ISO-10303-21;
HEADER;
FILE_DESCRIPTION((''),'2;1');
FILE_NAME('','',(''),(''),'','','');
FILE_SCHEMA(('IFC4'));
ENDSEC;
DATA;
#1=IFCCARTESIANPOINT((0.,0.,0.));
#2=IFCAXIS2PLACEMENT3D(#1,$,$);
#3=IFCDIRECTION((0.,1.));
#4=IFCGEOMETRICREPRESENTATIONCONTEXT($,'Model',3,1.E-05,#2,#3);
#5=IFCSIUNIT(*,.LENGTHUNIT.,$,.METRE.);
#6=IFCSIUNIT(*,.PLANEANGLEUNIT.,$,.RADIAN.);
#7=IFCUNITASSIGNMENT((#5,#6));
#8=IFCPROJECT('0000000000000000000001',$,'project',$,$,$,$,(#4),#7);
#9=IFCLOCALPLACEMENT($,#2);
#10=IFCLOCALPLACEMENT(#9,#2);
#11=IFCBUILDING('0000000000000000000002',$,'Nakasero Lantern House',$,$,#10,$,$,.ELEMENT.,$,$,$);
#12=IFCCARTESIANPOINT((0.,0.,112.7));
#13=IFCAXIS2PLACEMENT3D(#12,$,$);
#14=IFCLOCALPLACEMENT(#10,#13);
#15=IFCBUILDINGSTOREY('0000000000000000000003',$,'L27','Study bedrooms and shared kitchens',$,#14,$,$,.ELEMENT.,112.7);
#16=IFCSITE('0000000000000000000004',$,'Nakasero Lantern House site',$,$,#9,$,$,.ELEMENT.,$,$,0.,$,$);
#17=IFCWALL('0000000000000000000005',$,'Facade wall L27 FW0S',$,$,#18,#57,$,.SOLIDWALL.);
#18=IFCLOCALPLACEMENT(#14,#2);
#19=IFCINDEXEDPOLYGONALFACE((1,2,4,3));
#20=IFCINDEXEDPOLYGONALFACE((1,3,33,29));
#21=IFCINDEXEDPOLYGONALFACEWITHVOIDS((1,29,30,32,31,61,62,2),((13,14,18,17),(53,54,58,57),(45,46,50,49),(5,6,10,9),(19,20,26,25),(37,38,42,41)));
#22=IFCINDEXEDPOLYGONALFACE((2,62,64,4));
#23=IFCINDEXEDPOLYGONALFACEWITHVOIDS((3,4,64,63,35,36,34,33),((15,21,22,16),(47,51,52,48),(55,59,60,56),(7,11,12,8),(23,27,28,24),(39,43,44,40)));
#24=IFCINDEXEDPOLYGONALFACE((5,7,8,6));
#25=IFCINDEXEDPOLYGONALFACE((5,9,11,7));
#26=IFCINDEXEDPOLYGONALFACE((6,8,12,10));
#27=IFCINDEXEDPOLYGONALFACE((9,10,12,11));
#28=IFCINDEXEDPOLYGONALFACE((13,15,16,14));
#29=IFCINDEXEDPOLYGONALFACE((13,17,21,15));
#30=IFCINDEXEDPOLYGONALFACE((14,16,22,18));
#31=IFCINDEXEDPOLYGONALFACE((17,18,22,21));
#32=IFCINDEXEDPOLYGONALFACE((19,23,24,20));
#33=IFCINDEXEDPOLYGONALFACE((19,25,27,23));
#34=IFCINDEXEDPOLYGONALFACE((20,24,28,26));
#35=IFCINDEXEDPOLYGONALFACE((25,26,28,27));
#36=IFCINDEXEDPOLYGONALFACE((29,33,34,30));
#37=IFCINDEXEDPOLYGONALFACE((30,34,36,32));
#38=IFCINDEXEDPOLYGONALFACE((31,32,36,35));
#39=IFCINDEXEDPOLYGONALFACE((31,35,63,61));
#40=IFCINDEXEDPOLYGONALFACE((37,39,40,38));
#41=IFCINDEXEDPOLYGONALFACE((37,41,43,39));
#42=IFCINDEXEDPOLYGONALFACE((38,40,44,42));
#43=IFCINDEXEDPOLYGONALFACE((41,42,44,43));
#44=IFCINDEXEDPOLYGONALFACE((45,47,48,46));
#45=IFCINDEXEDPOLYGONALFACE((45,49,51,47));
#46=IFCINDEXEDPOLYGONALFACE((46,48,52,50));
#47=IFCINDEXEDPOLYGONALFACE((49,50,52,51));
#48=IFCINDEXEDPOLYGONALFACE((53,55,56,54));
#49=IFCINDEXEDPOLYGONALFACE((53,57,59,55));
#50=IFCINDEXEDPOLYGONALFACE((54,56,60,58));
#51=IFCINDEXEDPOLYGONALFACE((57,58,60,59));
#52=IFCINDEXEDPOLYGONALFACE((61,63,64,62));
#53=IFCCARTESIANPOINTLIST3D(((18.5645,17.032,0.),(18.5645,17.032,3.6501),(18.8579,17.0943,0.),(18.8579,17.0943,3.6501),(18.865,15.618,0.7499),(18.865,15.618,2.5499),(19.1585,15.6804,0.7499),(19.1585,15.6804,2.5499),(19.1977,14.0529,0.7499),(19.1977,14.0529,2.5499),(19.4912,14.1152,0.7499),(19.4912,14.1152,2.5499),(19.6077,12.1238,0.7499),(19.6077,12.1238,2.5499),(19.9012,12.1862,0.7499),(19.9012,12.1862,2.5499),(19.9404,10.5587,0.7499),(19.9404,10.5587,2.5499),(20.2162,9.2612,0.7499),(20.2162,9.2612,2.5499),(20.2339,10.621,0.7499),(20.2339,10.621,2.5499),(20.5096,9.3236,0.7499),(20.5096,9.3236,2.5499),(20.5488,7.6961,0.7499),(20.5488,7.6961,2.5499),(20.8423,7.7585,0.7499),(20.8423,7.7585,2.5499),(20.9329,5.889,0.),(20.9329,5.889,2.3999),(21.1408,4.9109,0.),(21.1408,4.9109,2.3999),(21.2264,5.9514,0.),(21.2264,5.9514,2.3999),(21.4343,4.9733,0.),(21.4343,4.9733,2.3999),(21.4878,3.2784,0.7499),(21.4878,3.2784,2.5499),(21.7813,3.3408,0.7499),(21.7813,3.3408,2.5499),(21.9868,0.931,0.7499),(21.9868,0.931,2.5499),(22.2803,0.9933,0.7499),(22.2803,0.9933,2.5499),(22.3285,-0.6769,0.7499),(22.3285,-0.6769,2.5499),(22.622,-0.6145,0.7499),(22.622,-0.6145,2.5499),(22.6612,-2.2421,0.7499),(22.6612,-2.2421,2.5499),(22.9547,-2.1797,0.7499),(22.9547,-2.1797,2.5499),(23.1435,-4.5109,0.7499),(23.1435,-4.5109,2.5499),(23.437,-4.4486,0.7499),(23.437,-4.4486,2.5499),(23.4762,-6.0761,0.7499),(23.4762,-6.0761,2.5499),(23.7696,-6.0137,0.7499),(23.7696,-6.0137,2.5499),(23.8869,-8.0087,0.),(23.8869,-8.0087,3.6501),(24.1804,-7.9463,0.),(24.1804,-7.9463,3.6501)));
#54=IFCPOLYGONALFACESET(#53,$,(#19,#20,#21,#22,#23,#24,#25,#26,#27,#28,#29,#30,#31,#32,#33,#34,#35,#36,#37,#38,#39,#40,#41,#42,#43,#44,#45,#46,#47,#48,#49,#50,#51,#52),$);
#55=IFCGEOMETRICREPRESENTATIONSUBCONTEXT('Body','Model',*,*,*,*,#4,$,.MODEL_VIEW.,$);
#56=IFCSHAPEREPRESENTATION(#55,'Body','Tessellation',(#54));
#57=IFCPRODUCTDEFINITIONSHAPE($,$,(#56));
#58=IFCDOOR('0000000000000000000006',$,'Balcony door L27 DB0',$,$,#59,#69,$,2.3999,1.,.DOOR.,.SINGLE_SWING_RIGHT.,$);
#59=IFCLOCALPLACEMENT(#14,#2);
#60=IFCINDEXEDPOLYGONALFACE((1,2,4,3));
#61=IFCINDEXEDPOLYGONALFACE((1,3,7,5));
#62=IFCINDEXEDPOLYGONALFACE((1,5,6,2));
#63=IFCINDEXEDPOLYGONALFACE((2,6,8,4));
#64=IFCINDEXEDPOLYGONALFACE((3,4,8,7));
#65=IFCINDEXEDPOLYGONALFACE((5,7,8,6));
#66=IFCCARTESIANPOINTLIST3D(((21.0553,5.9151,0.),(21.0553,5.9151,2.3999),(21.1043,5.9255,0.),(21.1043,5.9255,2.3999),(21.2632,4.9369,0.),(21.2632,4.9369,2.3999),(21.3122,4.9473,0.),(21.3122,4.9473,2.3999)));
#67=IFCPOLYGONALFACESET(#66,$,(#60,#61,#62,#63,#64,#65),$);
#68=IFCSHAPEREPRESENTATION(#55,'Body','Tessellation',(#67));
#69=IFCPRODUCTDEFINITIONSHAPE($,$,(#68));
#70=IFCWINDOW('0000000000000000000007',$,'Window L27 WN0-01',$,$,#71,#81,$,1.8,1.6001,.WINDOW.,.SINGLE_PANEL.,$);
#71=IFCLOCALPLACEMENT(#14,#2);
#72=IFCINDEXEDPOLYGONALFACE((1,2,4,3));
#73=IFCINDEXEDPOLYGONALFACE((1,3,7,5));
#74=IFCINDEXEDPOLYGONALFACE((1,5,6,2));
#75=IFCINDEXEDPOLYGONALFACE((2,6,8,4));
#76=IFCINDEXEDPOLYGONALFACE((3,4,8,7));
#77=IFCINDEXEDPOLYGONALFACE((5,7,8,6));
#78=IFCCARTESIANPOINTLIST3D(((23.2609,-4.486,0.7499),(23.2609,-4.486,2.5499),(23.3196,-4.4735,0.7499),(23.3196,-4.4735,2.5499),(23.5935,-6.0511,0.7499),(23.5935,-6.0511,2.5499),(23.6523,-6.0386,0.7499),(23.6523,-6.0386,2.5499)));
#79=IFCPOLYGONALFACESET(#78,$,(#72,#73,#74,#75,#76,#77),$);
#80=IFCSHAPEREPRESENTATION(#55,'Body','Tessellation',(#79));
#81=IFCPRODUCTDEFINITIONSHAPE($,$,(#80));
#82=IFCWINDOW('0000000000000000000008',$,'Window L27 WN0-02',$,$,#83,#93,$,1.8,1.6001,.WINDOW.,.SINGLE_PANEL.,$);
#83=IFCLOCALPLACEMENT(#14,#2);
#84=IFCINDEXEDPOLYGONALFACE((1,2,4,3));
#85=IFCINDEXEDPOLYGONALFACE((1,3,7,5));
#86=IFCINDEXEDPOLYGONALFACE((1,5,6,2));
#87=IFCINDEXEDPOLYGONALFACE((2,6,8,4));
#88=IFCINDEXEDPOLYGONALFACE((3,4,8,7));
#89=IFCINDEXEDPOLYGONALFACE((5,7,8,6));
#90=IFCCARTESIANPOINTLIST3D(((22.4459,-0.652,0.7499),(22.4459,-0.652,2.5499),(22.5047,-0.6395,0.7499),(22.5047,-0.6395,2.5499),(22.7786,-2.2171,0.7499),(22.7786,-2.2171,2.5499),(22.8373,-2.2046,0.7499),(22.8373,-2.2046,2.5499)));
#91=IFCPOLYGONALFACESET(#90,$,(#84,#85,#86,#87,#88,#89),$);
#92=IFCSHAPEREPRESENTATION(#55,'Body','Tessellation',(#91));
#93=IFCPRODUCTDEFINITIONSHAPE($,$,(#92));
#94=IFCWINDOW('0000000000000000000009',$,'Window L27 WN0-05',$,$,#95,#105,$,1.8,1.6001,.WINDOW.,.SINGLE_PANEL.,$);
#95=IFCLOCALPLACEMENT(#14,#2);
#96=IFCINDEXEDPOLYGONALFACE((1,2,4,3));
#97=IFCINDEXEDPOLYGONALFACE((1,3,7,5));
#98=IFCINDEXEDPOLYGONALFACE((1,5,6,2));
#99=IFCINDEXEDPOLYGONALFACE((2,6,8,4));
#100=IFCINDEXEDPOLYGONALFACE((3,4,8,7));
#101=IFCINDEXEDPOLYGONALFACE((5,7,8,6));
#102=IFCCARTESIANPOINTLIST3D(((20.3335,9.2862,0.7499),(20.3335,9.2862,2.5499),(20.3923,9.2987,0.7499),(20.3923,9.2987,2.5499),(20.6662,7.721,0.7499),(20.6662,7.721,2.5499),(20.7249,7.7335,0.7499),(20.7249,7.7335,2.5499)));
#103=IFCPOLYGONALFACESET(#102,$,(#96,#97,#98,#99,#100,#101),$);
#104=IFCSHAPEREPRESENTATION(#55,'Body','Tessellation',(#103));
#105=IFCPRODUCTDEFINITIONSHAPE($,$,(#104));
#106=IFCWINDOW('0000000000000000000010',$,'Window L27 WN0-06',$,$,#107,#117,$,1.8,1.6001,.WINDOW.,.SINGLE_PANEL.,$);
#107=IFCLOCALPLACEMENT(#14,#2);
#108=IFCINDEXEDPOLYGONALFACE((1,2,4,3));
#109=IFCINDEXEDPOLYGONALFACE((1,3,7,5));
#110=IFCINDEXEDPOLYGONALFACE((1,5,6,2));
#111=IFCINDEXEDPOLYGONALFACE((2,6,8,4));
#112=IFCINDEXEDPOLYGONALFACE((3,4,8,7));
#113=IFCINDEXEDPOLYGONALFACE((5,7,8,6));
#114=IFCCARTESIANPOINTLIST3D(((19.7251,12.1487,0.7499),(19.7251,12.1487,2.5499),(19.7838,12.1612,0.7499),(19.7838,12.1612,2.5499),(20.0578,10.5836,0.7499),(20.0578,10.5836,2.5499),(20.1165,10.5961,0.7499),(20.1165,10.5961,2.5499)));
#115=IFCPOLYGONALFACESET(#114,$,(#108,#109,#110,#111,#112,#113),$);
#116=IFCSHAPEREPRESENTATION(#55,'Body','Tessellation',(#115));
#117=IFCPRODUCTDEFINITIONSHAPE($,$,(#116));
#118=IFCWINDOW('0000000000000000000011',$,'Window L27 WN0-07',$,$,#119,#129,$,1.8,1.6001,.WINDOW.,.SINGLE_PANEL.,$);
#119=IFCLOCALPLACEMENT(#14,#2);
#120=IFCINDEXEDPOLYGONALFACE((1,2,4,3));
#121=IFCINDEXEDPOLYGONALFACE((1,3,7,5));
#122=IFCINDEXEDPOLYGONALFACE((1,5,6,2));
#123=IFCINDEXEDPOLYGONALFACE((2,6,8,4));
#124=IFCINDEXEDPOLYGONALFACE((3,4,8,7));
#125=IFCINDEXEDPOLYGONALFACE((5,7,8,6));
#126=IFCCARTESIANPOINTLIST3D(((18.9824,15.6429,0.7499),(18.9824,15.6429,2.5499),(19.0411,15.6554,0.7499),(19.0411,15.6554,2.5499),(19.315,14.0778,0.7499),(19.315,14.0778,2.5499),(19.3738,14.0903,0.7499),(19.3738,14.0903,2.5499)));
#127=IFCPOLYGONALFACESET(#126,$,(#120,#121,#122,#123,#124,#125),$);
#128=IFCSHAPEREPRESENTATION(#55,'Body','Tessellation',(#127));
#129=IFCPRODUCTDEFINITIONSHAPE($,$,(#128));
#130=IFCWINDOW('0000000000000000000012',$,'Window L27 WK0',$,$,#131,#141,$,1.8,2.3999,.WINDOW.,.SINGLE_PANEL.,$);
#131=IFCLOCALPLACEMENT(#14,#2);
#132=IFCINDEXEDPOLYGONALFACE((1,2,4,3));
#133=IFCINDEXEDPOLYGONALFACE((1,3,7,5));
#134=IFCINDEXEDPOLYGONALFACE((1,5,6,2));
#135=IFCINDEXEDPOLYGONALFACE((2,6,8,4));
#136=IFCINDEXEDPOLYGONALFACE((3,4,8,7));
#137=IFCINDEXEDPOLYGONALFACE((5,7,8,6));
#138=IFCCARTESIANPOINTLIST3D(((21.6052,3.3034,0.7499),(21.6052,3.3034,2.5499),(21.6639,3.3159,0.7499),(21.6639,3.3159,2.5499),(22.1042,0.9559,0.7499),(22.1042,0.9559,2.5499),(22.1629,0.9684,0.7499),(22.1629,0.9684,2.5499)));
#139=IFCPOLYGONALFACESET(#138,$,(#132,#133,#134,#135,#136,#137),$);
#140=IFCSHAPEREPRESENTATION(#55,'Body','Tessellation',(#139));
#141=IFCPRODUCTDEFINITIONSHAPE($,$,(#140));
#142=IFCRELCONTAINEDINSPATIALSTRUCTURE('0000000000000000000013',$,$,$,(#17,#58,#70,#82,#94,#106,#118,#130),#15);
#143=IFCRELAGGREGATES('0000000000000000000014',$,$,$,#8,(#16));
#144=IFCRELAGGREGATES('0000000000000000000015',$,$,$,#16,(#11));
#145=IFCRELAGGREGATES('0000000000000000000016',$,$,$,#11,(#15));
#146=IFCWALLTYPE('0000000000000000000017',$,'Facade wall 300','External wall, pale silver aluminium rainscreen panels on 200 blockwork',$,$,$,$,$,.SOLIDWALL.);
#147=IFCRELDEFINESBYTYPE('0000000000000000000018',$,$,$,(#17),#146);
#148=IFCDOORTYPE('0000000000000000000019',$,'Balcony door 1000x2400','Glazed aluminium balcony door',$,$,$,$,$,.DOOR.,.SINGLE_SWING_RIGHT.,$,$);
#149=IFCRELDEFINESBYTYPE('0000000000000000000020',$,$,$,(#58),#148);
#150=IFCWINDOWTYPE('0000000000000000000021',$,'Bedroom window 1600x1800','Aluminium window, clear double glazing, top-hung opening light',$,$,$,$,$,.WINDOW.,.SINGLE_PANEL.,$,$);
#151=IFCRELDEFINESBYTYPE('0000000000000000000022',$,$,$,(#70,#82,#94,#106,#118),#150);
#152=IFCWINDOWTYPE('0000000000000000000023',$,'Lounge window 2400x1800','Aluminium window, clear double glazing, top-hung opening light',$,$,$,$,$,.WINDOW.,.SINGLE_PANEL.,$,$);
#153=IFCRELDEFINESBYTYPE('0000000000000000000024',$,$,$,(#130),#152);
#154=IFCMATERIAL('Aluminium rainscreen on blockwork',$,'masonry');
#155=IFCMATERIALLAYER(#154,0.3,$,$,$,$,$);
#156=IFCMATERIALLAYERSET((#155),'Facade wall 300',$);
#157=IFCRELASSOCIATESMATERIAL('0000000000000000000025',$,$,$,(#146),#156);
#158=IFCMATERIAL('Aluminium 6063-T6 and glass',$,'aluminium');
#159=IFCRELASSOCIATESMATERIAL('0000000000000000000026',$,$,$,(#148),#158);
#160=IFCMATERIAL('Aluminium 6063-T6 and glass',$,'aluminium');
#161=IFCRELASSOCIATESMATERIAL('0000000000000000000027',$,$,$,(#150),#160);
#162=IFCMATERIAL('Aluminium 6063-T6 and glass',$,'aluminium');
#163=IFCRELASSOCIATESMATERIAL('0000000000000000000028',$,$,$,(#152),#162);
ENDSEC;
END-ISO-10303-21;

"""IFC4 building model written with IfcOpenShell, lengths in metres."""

from ifc_helpers import new_model, si_unit, direction, frame, frame_2d, origin, place, context, subcontext, project, spatial, rectangle, extrude, material, layer, layer_set, type_object, element, fill, save


model = new_model("IFC4")

# Units and contexts
model_context = context("Model", 3, precision=1e-05, world=origin(), true_north=direction((0.0, 1.0)))
body_context = subcontext(model_context, "Body", "Model", "MODEL_VIEW")
ifc_project = project(units=[si_unit("LENGTHUNIT", "METRE"), si_unit("PLANEANGLEUNIT", "RADIAN")], contexts=[model_context])

# Site, building, storey
site_placement = place(None, origin())
site = spatial("IfcSite", under=ifc_project, at=site_placement, Name="Nakasero Lantern House site", CompositionType="ELEMENT", RefElevation=0.0)
building_placement = place(site_placement, origin())
building = spatial("IfcBuilding", under=site, at=building_placement, Name="Nakasero Lantern House", CompositionType="ELEMENT")
storey_placement = place(building_placement, frame((0.0, 0.0, 112.7)))
storey = spatial("IfcBuildingStorey", under=building, at=storey_placement, Name="L27", Description="Study bedrooms and shared kitchens", CompositionType="ELEMENT", Elevation=112.7)

# Wall, openings, door, windows
ifc_material_1 = material(Name="Aluminium rainscreen on blockwork", Category="masonry")
ifc_layer_1 = layer(ifc_material_1, 0.3)
ifc_layer_set_1 = layer_set([ifc_layer_1], Name="Facade wall 300")
wall_type_1 = type_object("IfcWallType", Name="Facade wall 300", Description="External wall, pale silver aluminium rainscreen panels on 200 blockwork", PredefinedType="SOLIDWALL", material=ifc_layer_set_1)
wall_1_placement = place(storey_placement, frame((24.0337, -7.9775, 0.0), z_axis=(0.0, 0.0, 1.0), x_axis=(-0.207909, 0.978148, 0.0)))
wall_1 = element("IfcWall", 1, at=wall_1_placement, inside=storey, type_object=wall_type_1, Name="Facade wall L27 FW0S", PredefinedType="SOLIDWALL", context=body_context, shape_type="SweptSolid", body=[
    extrude(rectangle(XDim=25.6001, YDim=0.3, at=frame_2d((12.8, 0.0))), origin(), (0.0, 0.0, 1.0), 3.6501),
])
opening_1_placement = place(wall_1_placement, frame((1.9758, 0.0, 0.75)))
opening_1 = element("IfcOpeningElement", 2, at=opening_1_placement, cuts=wall_1, PredefinedType="OPENING", context=body_context, shape_type="SweptSolid", body=[
    extrude(rectangle(XDim=1.6001, YDim=1.8, at=frame_2d((0.8, 0.8999))), frame((0.0, 0.1699, 0.0), z_axis=(0.0, -1.0, 0.0), x_axis=(1.0, 0.0, 0.0)), (0.0, 0.0, 1.0), 0.3401),
])
opening_2_placement = place(wall_1_placement, frame((5.8955, 0.0, 0.75)))
opening_2 = element("IfcOpeningElement", 3, at=opening_2_placement, cuts=wall_1, PredefinedType="OPENING", context=body_context, shape_type="SweptSolid", body=[
    extrude(rectangle(XDim=1.6001, YDim=1.8, at=frame_2d((0.8, 0.8999))), frame((0.0, 0.1699, 0.0), z_axis=(0.0, -1.0, 0.0), x_axis=(1.0, 0.0, 0.0)), (0.0, 0.0, 1.0), 0.3401),
])
opening_3_placement = place(wall_1_placement, frame((16.0557, 0.0, 0.75)))
opening_3 = element("IfcOpeningElement", 4, at=opening_3_placement, cuts=wall_1, PredefinedType="OPENING", context=body_context, shape_type="SweptSolid", body=[
    extrude(rectangle(XDim=1.6001, YDim=1.8, at=frame_2d((0.8, 0.8999))), frame((0.0, 0.1699, 0.0), z_axis=(0.0, -1.0, 0.0), x_axis=(1.0, 0.0, 0.0)), (0.0, 0.0, 1.0), 0.3401),
])
opening_4_placement = place(wall_1_placement, frame((18.9822, 0.0, 0.75)))
opening_4 = element("IfcOpeningElement", 5, at=opening_4_placement, cuts=wall_1, PredefinedType="OPENING", context=body_context, shape_type="SweptSolid", body=[
    extrude(rectangle(XDim=1.6001, YDim=1.8, at=frame_2d((0.8, 0.8999))), frame((0.0, 0.1699, 0.0), z_axis=(0.0, -1.0, 0.0), x_axis=(1.0, 0.0, 0.0)), (0.0, 0.0, 1.0), 0.3401),
])
opening_5_placement = place(wall_1_placement, frame((22.5544, 0.0, 0.75)))
opening_5 = element("IfcOpeningElement", 6, at=opening_5_placement, cuts=wall_1, PredefinedType="OPENING", context=body_context, shape_type="SweptSolid", body=[
    extrude(rectangle(XDim=1.6001, YDim=1.8, at=frame_2d((0.8, 0.8999))), frame((0.0, 0.1699, 0.0), z_axis=(0.0, -1.0, 0.0), x_axis=(1.0, 0.0, 0.0)), (0.0, 0.0, 1.0), 0.3401),
])
opening_6_placement = place(wall_1_placement, frame((9.1394, 0.0, 0.75)))
opening_6 = element("IfcOpeningElement", 7, at=opening_6_placement, cuts=wall_1, PredefinedType="OPENING", context=body_context, shape_type="SweptSolid", body=[
    extrude(rectangle(XDim=2.3999, YDim=1.8, at=frame_2d((1.2, 0.8999))), frame((0.0, 0.1699, 0.0), z_axis=(0.0, -1.0, 0.0), x_axis=(1.0, 0.0, 0.0)), (0.0, 0.0, 1.0), 0.3401),
])
opening_7_placement = place(wall_1_placement, frame((13.2083, 0.0, 0.0)))
opening_7 = element("IfcOpeningElement", 8, at=opening_7_placement, cuts=wall_1, PredefinedType="OPENING", context=body_context, shape_type="SweptSolid", body=[
    extrude(rectangle(XDim=1.0, YDim=2.3999, at=frame_2d((0.5, 1.2))), frame((0.0, 0.1699, 0.0), z_axis=(0.0, -1.0, 0.0), x_axis=(1.0, 0.0, 0.0)), (0.0, 0.0, 1.0), 0.3401),
])
ifc_material_2 = material(Name="Aluminium 6063-T6 and glass", Category="aluminium")
door_type_1 = type_object("IfcDoorType", Name="Balcony door 1000x2400", Description="Glazed aluminium balcony door", OperationType="SINGLE_SWING_RIGHT", PredefinedType="DOOR", material=ifc_material_2)
door_1_placement = place(opening_7_placement, origin())
door_1 = element("IfcDoor", 9, at=door_1_placement, inside=storey, type_object=door_type_1, Name="Balcony door L27 DB0", OperationType="SINGLE_SWING_RIGHT", OverallHeight=2.3999, OverallWidth=1.0, PredefinedType="DOOR", context=body_context, shape_type="SweptSolid", body=[
    extrude(rectangle(XDim=1.0, YDim=2.3999, at=frame_2d((0.5, 1.2))), frame((0.0, 0.0249, 0.0), z_axis=(0.0, -1.0, 0.0), x_axis=(1.0, 0.0, 0.0)), (0.0, 0.0, 1.0), 0.05),
])
fill(opening_7, door_1)
ifc_material_3 = material(Name="Aluminium 6063-T6 and glass", Category="aluminium")
window_type_1 = type_object("IfcWindowType", Name="Bedroom window 1600x1800", Description="Aluminium window, clear double glazing, top-hung opening light", PartitioningType="SINGLE_PANEL", PredefinedType="WINDOW", material=ifc_material_3)
window_1_placement = place(opening_1_placement, origin())
window_1 = element("IfcWindow", 10, at=window_1_placement, inside=storey, type_object=window_type_1, Name="Window L27 WN0-01", OverallHeight=1.8, OverallWidth=1.6001, PartitioningType="SINGLE_PANEL", PredefinedType="WINDOW", context=body_context, shape_type="SweptSolid", body=[
    extrude(rectangle(XDim=1.6001, YDim=1.8, at=frame_2d((0.8, 0.8999))), frame((0.0, 0.03, 0.0), z_axis=(0.0, -1.0, 0.0), x_axis=(1.0, 0.0, 0.0)), (0.0, 0.0, 1.0), 0.0601),
])
fill(opening_1, window_1)
window_2_placement = place(opening_2_placement, origin())
window_2 = element("IfcWindow", 11, at=window_2_placement, inside=storey, type_object=window_type_1, Name="Window L27 WN0-02", OverallHeight=1.8, OverallWidth=1.6001, PartitioningType="SINGLE_PANEL", PredefinedType="WINDOW", context=body_context, shape_type="SweptSolid", body=[
    extrude(rectangle(XDim=1.6001, YDim=1.8, at=frame_2d((0.8, 0.8999))), frame((0.0, 0.03, 0.0), z_axis=(0.0, -1.0, 0.0), x_axis=(1.0, 0.0, 0.0)), (0.0, 0.0, 1.0), 0.0601),
])
fill(opening_2, window_2)
window_3_placement = place(opening_3_placement, origin())
window_3 = element("IfcWindow", 12, at=window_3_placement, inside=storey, type_object=window_type_1, Name="Window L27 WN0-05", OverallHeight=1.8, OverallWidth=1.6001, PartitioningType="SINGLE_PANEL", PredefinedType="WINDOW", context=body_context, shape_type="SweptSolid", body=[
    extrude(rectangle(XDim=1.6001, YDim=1.8, at=frame_2d((0.8, 0.8999))), frame((0.0, 0.03, 0.0), z_axis=(0.0, -1.0, 0.0), x_axis=(1.0, 0.0, 0.0)), (0.0, 0.0, 1.0), 0.0601),
])
fill(opening_3, window_3)
window_4_placement = place(opening_4_placement, origin())
window_4 = element("IfcWindow", 13, at=window_4_placement, inside=storey, type_object=window_type_1, Name="Window L27 WN0-06", OverallHeight=1.8, OverallWidth=1.6001, PartitioningType="SINGLE_PANEL", PredefinedType="WINDOW", context=body_context, shape_type="SweptSolid", body=[
    extrude(rectangle(XDim=1.6001, YDim=1.8, at=frame_2d((0.8, 0.8999))), frame((0.0, 0.03, 0.0), z_axis=(0.0, -1.0, 0.0), x_axis=(1.0, 0.0, 0.0)), (0.0, 0.0, 1.0), 0.0601),
])
fill(opening_4, window_4)
window_5_placement = place(opening_5_placement, origin())
window_5 = element("IfcWindow", 14, at=window_5_placement, inside=storey, type_object=window_type_1, Name="Window L27 WN0-07", OverallHeight=1.8, OverallWidth=1.6001, PartitioningType="SINGLE_PANEL", PredefinedType="WINDOW", context=body_context, shape_type="SweptSolid", body=[
    extrude(rectangle(XDim=1.6001, YDim=1.8, at=frame_2d((0.8, 0.8999))), frame((0.0, 0.03, 0.0), z_axis=(0.0, -1.0, 0.0), x_axis=(1.0, 0.0, 0.0)), (0.0, 0.0, 1.0), 0.0601),
])
fill(opening_5, window_5)
ifc_material_4 = material(Name="Aluminium 6063-T6 and glass", Category="aluminium")
window_type_2 = type_object("IfcWindowType", Name="Lounge window 2400x1800", Description="Aluminium window, clear double glazing, top-hung opening light", PartitioningType="SINGLE_PANEL", PredefinedType="WINDOW", material=ifc_material_4)
window_6_placement = place(opening_6_placement, origin())
window_6 = element("IfcWindow", 15, at=window_6_placement, inside=storey, type_object=window_type_2, Name="Window L27 WK0", OverallHeight=1.8, OverallWidth=2.3999, PartitioningType="SINGLE_PANEL", PredefinedType="WINDOW", context=body_context, shape_type="SweptSolid", body=[
    extrude(rectangle(XDim=2.3999, YDim=1.8, at=frame_2d((1.2, 0.8999))), frame((0.0, 0.03, 0.0), z_axis=(0.0, -1.0, 0.0), x_axis=(1.0, 0.0, 0.0)), (0.0, 0.0, 1.0), 0.0601),
])
fill(opening_6, window_6)

save(model, "model.ifc")
